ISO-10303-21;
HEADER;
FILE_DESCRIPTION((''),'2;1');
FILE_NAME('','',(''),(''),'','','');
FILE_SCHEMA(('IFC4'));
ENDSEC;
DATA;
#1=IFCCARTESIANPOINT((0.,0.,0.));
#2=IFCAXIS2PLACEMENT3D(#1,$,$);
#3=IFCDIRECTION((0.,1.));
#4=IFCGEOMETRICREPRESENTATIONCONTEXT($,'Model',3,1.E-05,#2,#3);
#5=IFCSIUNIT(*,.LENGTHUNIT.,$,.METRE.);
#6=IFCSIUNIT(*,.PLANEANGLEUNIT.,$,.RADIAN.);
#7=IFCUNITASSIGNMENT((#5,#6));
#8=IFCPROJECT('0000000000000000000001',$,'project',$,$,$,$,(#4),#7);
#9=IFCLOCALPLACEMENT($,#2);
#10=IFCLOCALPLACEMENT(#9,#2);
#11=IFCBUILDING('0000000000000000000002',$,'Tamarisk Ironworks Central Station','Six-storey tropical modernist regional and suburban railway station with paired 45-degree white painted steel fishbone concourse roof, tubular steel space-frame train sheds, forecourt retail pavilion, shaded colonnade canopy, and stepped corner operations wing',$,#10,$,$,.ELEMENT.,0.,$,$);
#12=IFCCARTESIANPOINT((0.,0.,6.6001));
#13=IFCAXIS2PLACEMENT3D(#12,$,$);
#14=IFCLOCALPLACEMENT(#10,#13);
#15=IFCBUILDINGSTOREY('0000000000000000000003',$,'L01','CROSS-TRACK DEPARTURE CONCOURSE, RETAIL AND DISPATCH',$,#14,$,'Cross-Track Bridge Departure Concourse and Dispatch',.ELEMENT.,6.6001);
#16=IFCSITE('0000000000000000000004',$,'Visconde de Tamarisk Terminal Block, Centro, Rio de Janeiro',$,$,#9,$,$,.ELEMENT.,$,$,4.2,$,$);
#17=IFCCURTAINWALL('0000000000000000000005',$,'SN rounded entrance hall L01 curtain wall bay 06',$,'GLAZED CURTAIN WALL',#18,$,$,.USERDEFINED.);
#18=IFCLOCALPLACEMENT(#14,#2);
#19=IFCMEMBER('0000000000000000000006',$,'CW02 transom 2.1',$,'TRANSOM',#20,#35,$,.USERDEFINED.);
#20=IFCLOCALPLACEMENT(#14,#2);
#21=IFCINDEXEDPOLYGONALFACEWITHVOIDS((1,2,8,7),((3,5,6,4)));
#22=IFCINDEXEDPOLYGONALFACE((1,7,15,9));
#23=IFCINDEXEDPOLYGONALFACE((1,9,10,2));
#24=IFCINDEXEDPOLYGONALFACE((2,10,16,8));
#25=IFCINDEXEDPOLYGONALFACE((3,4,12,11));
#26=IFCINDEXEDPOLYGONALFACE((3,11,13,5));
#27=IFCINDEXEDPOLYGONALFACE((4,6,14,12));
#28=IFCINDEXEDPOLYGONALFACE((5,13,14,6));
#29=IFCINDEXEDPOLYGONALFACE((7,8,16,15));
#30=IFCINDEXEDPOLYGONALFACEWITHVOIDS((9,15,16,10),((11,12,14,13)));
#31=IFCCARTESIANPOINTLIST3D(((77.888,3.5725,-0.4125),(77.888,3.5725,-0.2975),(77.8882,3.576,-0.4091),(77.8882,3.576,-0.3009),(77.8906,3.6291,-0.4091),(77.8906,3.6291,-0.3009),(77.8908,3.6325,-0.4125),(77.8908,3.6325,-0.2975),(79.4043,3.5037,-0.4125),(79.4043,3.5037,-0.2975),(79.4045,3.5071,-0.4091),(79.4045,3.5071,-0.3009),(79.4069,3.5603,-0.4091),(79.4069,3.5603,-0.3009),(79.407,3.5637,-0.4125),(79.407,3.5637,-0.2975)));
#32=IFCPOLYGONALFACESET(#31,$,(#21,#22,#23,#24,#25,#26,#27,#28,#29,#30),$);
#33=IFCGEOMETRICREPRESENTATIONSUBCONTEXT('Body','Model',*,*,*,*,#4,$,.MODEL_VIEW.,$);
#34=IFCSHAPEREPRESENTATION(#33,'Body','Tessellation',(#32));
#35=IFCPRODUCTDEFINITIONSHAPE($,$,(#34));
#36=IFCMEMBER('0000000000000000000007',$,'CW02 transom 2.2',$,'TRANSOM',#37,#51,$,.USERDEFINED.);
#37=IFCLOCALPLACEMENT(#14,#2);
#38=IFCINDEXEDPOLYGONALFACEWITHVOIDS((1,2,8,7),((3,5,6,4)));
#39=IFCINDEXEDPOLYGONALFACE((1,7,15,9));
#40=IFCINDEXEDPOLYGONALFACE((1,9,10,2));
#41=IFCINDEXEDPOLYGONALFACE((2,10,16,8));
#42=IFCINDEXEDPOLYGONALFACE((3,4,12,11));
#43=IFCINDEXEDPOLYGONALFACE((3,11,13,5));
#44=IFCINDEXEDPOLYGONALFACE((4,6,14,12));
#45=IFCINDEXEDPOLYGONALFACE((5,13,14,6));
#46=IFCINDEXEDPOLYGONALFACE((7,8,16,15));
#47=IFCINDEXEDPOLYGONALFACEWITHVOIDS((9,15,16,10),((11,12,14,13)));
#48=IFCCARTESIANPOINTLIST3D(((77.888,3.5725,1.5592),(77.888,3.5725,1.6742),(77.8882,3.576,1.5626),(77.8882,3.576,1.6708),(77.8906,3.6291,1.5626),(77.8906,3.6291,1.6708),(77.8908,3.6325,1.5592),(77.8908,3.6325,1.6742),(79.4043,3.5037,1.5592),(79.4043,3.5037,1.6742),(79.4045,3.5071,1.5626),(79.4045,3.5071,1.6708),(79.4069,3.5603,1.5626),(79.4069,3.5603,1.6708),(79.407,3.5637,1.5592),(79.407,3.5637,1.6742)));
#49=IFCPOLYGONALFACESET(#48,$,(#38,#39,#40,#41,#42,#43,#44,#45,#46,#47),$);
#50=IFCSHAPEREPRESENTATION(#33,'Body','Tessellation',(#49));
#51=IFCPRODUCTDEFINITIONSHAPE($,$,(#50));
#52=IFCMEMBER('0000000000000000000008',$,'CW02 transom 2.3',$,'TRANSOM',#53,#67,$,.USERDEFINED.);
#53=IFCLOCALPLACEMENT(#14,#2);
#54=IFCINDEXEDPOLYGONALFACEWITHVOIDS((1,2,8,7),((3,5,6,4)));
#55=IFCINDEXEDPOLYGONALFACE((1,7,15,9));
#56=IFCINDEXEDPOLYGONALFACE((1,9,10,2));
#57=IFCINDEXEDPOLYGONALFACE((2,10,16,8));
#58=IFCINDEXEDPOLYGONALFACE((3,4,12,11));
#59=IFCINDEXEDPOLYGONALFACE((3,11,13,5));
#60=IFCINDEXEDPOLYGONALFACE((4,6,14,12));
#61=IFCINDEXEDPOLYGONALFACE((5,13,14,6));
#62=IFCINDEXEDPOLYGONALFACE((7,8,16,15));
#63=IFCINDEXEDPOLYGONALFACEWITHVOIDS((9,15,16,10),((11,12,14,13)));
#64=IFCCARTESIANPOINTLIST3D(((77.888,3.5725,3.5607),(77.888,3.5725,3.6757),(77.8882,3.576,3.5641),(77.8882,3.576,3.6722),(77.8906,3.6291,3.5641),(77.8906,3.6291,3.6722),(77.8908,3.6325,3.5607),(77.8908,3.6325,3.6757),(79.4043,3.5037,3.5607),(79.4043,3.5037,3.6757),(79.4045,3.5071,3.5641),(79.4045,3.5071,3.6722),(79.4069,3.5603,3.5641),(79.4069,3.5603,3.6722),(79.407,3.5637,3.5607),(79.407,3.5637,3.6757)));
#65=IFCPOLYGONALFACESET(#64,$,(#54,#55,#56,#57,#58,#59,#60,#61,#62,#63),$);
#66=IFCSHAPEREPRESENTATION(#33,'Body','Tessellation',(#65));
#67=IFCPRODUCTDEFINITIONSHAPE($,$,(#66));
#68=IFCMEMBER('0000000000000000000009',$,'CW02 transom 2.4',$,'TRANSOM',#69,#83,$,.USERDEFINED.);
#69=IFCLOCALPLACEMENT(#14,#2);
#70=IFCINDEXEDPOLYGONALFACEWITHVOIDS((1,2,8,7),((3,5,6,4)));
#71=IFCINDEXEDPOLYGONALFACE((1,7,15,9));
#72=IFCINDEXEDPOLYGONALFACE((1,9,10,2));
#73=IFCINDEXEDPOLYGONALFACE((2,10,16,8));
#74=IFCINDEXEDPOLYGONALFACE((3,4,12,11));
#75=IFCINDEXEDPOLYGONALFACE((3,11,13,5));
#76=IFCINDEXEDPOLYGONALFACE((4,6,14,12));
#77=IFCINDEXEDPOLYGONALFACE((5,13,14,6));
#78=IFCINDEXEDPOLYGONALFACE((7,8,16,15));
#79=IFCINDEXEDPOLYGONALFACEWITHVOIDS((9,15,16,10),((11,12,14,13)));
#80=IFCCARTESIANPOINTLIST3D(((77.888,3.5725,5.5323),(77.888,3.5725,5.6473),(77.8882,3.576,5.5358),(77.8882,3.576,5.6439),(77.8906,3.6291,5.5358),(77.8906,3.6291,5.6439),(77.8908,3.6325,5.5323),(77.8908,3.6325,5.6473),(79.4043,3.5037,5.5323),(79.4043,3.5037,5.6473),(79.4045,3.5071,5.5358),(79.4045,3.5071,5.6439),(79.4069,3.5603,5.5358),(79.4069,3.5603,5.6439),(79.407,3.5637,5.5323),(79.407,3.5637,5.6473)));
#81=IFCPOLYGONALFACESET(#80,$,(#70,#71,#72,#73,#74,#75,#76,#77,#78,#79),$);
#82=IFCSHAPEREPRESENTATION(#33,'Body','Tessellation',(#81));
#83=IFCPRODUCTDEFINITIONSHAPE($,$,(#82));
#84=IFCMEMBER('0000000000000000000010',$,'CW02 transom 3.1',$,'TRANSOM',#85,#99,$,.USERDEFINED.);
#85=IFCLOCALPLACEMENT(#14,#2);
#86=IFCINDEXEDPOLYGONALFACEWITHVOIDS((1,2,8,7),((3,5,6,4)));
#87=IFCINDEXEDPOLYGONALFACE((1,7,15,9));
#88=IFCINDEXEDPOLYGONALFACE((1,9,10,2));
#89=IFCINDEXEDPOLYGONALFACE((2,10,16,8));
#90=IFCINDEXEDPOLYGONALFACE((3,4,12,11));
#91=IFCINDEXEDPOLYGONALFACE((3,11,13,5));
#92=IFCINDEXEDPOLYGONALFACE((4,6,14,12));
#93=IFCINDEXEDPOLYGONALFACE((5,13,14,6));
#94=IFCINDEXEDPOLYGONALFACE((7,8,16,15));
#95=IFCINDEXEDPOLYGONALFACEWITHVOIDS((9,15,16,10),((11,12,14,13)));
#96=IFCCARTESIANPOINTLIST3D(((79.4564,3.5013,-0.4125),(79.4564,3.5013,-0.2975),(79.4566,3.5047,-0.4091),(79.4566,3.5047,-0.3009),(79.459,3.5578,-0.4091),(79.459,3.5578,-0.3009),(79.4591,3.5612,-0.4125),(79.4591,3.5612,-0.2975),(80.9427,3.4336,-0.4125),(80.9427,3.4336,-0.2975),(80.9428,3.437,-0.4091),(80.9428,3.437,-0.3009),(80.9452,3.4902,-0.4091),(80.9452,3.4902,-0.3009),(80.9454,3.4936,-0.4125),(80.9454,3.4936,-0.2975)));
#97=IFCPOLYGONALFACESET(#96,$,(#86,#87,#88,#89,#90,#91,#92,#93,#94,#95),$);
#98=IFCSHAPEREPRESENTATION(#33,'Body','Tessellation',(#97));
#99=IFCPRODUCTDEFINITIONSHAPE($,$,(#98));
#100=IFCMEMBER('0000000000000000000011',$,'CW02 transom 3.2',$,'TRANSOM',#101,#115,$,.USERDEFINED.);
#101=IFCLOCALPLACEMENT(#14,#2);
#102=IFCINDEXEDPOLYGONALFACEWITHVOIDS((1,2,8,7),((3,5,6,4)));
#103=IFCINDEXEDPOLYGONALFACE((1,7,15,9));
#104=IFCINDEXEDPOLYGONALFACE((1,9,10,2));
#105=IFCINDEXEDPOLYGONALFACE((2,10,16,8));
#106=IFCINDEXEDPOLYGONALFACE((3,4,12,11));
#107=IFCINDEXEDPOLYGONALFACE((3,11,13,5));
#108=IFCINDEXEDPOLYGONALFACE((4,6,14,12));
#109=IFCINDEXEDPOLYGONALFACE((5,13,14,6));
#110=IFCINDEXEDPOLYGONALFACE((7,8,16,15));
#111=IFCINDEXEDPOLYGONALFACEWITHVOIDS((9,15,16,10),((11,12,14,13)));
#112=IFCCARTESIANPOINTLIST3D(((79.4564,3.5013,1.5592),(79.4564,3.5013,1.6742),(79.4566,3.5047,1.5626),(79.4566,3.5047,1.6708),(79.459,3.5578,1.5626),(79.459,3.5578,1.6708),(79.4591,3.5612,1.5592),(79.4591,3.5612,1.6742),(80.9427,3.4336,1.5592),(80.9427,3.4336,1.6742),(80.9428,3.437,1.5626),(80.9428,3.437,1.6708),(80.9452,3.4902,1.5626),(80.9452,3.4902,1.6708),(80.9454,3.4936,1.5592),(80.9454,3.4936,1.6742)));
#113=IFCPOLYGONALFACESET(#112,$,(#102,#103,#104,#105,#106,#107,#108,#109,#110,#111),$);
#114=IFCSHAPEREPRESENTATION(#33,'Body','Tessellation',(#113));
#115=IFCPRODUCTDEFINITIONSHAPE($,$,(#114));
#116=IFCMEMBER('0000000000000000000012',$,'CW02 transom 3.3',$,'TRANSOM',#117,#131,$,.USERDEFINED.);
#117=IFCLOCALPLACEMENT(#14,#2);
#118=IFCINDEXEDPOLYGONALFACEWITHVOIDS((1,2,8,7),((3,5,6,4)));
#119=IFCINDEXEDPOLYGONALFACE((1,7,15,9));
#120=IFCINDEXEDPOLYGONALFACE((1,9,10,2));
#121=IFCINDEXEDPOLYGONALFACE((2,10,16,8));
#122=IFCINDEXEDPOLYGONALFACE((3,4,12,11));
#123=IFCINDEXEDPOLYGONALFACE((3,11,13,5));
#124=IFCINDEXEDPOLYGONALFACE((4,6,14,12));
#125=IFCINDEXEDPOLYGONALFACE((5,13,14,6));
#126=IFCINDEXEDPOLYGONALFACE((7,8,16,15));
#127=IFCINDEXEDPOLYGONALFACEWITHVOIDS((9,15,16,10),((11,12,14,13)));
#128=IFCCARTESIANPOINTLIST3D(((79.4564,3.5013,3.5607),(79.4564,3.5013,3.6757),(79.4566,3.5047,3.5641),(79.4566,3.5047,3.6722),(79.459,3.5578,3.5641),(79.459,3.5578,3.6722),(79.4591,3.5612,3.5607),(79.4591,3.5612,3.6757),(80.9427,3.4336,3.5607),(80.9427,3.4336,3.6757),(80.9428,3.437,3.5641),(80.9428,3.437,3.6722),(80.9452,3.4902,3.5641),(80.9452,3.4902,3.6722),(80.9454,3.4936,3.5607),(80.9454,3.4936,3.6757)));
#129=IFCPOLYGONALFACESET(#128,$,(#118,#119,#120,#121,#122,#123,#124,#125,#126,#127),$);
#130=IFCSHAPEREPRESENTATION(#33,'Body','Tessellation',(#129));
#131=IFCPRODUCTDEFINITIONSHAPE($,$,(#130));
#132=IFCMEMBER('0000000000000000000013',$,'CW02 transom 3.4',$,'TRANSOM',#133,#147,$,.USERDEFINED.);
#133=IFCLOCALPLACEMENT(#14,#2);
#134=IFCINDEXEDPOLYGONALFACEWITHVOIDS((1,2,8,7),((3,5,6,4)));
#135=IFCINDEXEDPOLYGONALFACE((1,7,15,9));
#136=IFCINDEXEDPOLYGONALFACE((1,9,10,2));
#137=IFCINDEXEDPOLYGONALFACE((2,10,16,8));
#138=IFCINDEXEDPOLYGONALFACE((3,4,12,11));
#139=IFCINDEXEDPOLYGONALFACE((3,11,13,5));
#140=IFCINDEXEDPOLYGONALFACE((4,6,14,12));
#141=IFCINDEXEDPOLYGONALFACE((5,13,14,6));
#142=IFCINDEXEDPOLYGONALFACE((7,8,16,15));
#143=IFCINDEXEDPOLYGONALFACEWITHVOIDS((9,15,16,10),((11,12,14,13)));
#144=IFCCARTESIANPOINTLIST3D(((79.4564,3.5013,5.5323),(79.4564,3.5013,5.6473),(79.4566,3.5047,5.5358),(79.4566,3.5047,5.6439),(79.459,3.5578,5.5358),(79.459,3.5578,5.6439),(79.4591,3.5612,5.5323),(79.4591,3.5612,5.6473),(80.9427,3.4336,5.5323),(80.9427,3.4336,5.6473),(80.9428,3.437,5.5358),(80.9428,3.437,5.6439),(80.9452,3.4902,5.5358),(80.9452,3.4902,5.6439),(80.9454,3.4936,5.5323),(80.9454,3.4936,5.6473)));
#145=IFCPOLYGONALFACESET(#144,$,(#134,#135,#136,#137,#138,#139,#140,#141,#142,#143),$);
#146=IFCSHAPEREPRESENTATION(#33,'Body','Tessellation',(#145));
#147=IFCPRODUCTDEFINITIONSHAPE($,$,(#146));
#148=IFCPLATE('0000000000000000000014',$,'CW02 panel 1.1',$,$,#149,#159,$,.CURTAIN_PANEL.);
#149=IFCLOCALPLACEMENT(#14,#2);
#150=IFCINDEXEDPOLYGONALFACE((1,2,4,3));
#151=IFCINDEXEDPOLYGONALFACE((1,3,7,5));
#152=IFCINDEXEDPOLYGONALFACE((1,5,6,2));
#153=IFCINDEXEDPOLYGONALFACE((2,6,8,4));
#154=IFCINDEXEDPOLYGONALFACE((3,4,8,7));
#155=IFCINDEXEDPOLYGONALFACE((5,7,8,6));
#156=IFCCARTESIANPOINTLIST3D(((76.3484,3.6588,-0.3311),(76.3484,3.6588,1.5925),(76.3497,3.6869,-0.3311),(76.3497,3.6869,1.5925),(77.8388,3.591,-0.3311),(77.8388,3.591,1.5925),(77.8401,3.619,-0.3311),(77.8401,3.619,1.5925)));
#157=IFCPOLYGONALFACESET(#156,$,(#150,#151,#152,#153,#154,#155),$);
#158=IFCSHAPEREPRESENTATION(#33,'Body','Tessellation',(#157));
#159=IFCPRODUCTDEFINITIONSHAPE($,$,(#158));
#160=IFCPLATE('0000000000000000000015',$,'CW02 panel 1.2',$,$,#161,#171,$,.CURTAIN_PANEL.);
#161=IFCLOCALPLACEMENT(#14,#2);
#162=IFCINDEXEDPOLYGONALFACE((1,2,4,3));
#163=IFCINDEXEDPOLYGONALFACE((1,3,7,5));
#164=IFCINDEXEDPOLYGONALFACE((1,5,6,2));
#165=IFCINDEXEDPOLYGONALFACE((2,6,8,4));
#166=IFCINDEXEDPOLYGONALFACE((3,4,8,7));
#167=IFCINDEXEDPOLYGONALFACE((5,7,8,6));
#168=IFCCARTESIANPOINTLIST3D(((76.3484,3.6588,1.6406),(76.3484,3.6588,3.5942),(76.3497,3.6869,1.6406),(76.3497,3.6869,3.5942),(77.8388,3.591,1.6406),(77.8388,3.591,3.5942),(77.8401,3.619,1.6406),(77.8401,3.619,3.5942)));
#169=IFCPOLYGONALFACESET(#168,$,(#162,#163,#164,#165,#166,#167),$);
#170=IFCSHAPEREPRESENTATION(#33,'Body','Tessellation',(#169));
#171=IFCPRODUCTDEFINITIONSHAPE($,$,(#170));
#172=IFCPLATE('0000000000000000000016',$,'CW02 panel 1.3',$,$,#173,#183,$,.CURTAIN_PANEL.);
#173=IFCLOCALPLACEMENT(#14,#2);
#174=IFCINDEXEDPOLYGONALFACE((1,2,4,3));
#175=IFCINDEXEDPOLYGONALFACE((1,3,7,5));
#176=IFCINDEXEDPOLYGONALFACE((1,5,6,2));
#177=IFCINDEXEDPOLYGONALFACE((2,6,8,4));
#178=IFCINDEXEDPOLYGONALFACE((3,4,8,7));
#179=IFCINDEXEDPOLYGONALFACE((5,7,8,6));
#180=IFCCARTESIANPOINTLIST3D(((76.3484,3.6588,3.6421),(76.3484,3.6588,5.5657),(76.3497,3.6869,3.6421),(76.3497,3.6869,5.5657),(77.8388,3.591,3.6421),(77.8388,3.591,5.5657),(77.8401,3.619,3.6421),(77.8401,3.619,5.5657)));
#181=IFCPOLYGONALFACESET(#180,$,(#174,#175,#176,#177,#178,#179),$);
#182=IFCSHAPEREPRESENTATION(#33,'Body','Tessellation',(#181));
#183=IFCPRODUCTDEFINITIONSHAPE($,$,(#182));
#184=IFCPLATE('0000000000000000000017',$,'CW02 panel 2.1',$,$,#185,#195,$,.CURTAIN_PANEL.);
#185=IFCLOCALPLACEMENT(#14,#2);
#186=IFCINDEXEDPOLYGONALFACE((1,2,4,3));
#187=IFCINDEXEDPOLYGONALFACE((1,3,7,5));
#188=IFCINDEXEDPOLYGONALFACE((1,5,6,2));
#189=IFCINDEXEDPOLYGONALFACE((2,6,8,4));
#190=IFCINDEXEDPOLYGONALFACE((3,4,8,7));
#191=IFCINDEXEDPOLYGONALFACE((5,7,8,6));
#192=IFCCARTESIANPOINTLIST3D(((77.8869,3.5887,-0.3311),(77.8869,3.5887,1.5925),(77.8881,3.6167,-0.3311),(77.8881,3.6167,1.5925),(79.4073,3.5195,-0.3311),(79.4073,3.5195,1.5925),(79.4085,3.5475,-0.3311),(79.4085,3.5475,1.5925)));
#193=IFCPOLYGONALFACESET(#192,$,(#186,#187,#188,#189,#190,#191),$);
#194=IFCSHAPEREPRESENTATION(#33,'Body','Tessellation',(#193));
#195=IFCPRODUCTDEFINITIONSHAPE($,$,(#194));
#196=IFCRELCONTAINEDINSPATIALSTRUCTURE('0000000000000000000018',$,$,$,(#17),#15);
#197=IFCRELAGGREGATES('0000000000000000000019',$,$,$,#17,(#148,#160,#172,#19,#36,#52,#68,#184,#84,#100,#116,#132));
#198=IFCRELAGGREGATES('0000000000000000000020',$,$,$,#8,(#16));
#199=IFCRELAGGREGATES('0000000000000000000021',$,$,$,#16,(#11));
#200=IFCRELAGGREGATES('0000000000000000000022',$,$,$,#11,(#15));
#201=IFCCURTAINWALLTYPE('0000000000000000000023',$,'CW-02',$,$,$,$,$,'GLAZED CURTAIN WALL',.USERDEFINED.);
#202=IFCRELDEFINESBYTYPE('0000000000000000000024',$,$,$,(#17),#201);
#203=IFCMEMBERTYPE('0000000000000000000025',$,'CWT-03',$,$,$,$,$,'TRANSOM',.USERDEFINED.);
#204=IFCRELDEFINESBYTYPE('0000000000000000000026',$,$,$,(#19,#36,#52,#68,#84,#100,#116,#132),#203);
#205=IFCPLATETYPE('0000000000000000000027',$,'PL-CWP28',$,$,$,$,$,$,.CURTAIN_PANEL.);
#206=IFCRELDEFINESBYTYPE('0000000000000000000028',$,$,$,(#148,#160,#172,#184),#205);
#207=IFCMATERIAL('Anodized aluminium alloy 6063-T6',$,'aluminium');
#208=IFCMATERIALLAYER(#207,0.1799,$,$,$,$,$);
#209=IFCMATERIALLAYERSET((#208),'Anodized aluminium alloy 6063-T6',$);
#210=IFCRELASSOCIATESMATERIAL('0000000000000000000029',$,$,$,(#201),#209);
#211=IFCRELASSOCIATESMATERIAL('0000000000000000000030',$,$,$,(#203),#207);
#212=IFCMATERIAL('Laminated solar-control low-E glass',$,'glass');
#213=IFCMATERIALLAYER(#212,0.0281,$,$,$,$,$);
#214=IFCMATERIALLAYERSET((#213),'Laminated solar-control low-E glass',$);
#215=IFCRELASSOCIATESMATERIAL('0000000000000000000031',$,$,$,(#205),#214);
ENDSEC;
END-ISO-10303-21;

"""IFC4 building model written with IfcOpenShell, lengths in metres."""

from ifc_helpers import new_model, si_unit, direction, frame, origin, origin_2d, place, context, subcontext, project, spatial, rectangle, hollow_rectangle, extrude, material, layer, layer_set, material_profile, profile_set, type_object, element, aggregate, save


model = new_model("IFC4")

# Units and contexts
model_context = context("Model", 3, precision=1e-05, world=origin(), true_north=direction((0.0, 1.0)))
body_context = subcontext(model_context, "Body", "Model", "MODEL_VIEW")
ifc_project = project(units=[si_unit("LENGTHUNIT", "METRE"), si_unit("PLANEANGLEUNIT", "RADIAN")], contexts=[model_context])

# Site, building, storey
site_placement = place(None, origin())
site = spatial("IfcSite", under=ifc_project, at=site_placement, Name="Visconde de Tamarisk Terminal Block, Centro, Rio de Janeiro", CompositionType="ELEMENT", RefElevation=4.2)
building_placement = place(site_placement, origin())
building = spatial("IfcBuilding", under=site, at=building_placement, Name="Tamarisk Ironworks Central Station", Description="Six-storey tropical modernist regional and suburban railway station with paired 45-degree white painted steel fishbone concourse roof, tubular steel space-frame train sheds, forecourt retail pavilion, shaded colonnade canopy, and stepped corner operations wing", CompositionType="ELEMENT", ElevationOfRefHeight=0.0)
storey_placement = place(building_placement, frame((0.0, 0.0, 6.6001)))
storey = spatial("IfcBuildingStorey", under=building, at=storey_placement, Name="L01", Description="CROSS-TRACK DEPARTURE CONCOURSE, RETAIL AND DISPATCH", LongName="Cross-Track Bridge Departure Concourse and Dispatch", CompositionType="ELEMENT", Elevation=6.6001)

# Curtain wall
ifc_material_1 = material(Name="Anodized aluminium alloy 6063-T6", Category="aluminium")
ifc_layer_1 = layer(ifc_material_1, 0.1799)
ifc_layer_set_1 = layer_set([ifc_layer_1], Name="Anodized aluminium alloy 6063-T6")
curtain_wall_type = type_object("IfcCurtainWallType", Name="CW-02", ElementType="GLAZED CURTAIN WALL", PredefinedType="USERDEFINED", material=ifc_layer_set_1)
curtain_wall_1_placement = place(storey_placement, origin())
curtain_wall_1 = element("IfcCurtainWall", 1, at=curtain_wall_1_placement, inside=storey, type_object=curtain_wall_type, Name="SN rounded entrance hall L01 curtain wall bay 06", ObjectType="GLAZED CURTAIN WALL", PredefinedType="USERDEFINED")

# Members
ifc_material_profile_1 = material_profile(ifc_material_1, hollow_rectangle(XDim=0.0601, YDim=0.115, WallThickness=0.0034, at=origin_2d()), Name="ALUM 115x60")
ifc_profile_set_1 = profile_set([ifc_material_profile_1], Name="Anodized aluminium alloy 6063-T6")
member_type_1 = type_object("IfcMemberType", Name="CWT-03", ElementType="TRANSOM", PredefinedType="USERDEFINED", material=ifc_profile_set_1)
member_1_placement = place(storey_placement, frame((77.8894, 3.6025, -0.355), z_axis=(0.998971, -0.045357, 0.0), x_axis=(0.045357, 0.998971, 0.0)))
member_1 = element("IfcMember", 2, at=member_1_placement, type_object=member_type_1, Name="CW02 transom 2.1", ObjectType="TRANSOM", PredefinedType="USERDEFINED", context=body_context, shape_type="SweptSolid", body=[
    extrude(hollow_rectangle(XDim=0.0601, YDim=0.115, WallThickness=0.0034, at=origin_2d()), origin(), (0.0, 0.0, 1.0), 1.5178),
])
member_2_placement = place(storey_placement, frame((77.8894, 3.6025, 1.6167), z_axis=(0.998971, -0.045357, 0.0), x_axis=(0.045357, 0.998971, 0.0)))
member_2 = element("IfcMember", 3, at=member_2_placement, type_object=member_type_1, Name="CW02 transom 2.2", ObjectType="TRANSOM", PredefinedType="USERDEFINED", context=body_context, shape_type="SweptSolid", body=[
    extrude(hollow_rectangle(XDim=0.0601, YDim=0.115, WallThickness=0.0034, at=origin_2d()), origin(), (0.0, 0.0, 1.0), 1.5178),
])
member_3_placement = place(storey_placement, frame((77.8894, 3.6025, 3.6182), z_axis=(0.998971, -0.045357, 0.0), x_axis=(0.045357, 0.998971, 0.0)))
member_3 = element("IfcMember", 4, at=member_3_placement, type_object=member_type_1, Name="CW02 transom 2.3", ObjectType="TRANSOM", PredefinedType="USERDEFINED", context=body_context, shape_type="SweptSolid", body=[
    extrude(hollow_rectangle(XDim=0.0601, YDim=0.115, WallThickness=0.0034, at=origin_2d()), origin(), (0.0, 0.0, 1.0), 1.5178),
])
member_4_placement = place(storey_placement, frame((77.8894, 3.6025, 5.5898), z_axis=(0.998971, -0.045357, 0.0), x_axis=(0.045357, 0.998971, 0.0)))
member_4 = element("IfcMember", 5, at=member_4_placement, type_object=member_type_1, Name="CW02 transom 2.4", ObjectType="TRANSOM", PredefinedType="USERDEFINED", context=body_context, shape_type="SweptSolid", body=[
    extrude(hollow_rectangle(XDim=0.0601, YDim=0.115, WallThickness=0.0034, at=origin_2d()), origin(), (0.0, 0.0, 1.0), 1.5178),
])
member_5_placement = place(storey_placement, frame((79.4578, 3.5312, -0.355), z_axis=(0.998967, -0.045452, 0.0), x_axis=(0.045452, 0.998967, 0.0)))
member_5 = element("IfcMember", 6, at=member_5_placement, type_object=member_type_1, Name="CW02 transom 3.1", ObjectType="TRANSOM", PredefinedType="USERDEFINED", context=body_context, shape_type="SweptSolid", body=[
    extrude(hollow_rectangle(XDim=0.0601, YDim=0.115, WallThickness=0.0034, at=origin_2d()), origin(), (0.0, 0.0, 1.0), 1.4878),
])
member_6_placement = place(storey_placement, frame((79.4578, 3.5312, 1.6167), z_axis=(0.998967, -0.045452, 0.0), x_axis=(0.045452, 0.998967, 0.0)))
member_6 = element("IfcMember", 7, at=member_6_placement, type_object=member_type_1, Name="CW02 transom 3.2", ObjectType="TRANSOM", PredefinedType="USERDEFINED", context=body_context, shape_type="SweptSolid", body=[
    extrude(hollow_rectangle(XDim=0.0601, YDim=0.115, WallThickness=0.0034, at=origin_2d()), origin(), (0.0, 0.0, 1.0), 1.4878),
])
member_7_placement = place(storey_placement, frame((79.4578, 3.5312, 3.6182), z_axis=(0.998967, -0.045452, 0.0), x_axis=(0.045452, 0.998967, 0.0)))
member_7 = element("IfcMember", 8, at=member_7_placement, type_object=member_type_1, Name="CW02 transom 3.3", ObjectType="TRANSOM", PredefinedType="USERDEFINED", context=body_context, shape_type="SweptSolid", body=[
    extrude(hollow_rectangle(XDim=0.0601, YDim=0.115, WallThickness=0.0034, at=origin_2d()), origin(), (0.0, 0.0, 1.0), 1.4878),
])
member_8_placement = place(storey_placement, frame((79.4578, 3.5312, 5.5898), z_axis=(0.998967, -0.045452, 0.0), x_axis=(0.045452, 0.998967, 0.0)))
member_8 = element("IfcMember", 9, at=member_8_placement, type_object=member_type_1, Name="CW02 transom 3.4", ObjectType="TRANSOM", PredefinedType="USERDEFINED", context=body_context, shape_type="SweptSolid", body=[
    extrude(hollow_rectangle(XDim=0.0601, YDim=0.115, WallThickness=0.0034, at=origin_2d()), origin(), (0.0, 0.0, 1.0), 1.4878),
])

# Plates
ifc_material_2 = material(Name="Laminated solar-control low-E glass", Category="glass")
ifc_layer_2 = layer(ifc_material_2, 0.0281)
ifc_layer_set_2 = layer_set([ifc_layer_2], Name="Laminated solar-control low-E glass")
plate_type = type_object("IfcPlateType", Name="PL-CWP28", PredefinedType="CURTAIN_PANEL", material=ifc_layer_set_2)
plate_1_placement = place(storey_placement, frame((77.0942, 3.6389, -0.3311), z_axis=(0.0, 0.0, 1.0), x_axis=(0.998965, -0.045481, 0.0)))
plate_1 = element("IfcPlate", 10, at=plate_1_placement, type_object=plate_type, Name="CW02 panel 1.1", PredefinedType="CURTAIN_PANEL", context=body_context, shape_type="SweptSolid", body=[
    extrude(rectangle(XDim=1.4919, YDim=0.0281, at=origin_2d()), origin(), (0.0, 0.0, 1.0), 1.9236),
])
plate_2_placement = place(storey_placement, frame((77.0942, 3.6389, 1.6406), z_axis=(0.0, 0.0, 1.0), x_axis=(0.998965, -0.045481, 0.0)))
plate_2 = element("IfcPlate", 11, at=plate_2_placement, type_object=plate_type, Name="CW02 panel 1.2", PredefinedType="CURTAIN_PANEL", context=body_context, shape_type="SweptSolid", body=[
    extrude(rectangle(XDim=1.4919, YDim=0.0281, at=origin_2d()), origin(), (0.0, 0.0, 1.0), 1.9536),
])
plate_3_placement = place(storey_placement, frame((77.0942, 3.6389, 3.6421), z_axis=(0.0, 0.0, 1.0), x_axis=(0.998965, -0.045481, 0.0)))
plate_3 = element("IfcPlate", 12, at=plate_3_placement, type_object=plate_type, Name="CW02 panel 1.3", PredefinedType="CURTAIN_PANEL", context=body_context, shape_type="SweptSolid", body=[
    extrude(rectangle(XDim=1.4919, YDim=0.0281, at=origin_2d()), origin(), (0.0, 0.0, 1.0), 1.9236),
])
plate_4_placement = place(storey_placement, frame((78.6477, 3.5681, -0.3311), z_axis=(0.0, 0.0, 1.0), x_axis=(0.998965, -0.045481, 0.0)))
plate_4 = element("IfcPlate", 13, at=plate_4_placement, type_object=plate_type, Name="CW02 panel 2.1", PredefinedType="CURTAIN_PANEL", context=body_context, shape_type="SweptSolid", body=[
    extrude(rectangle(XDim=1.522, YDim=0.0281, at=origin_2d()), origin(), (0.0, 0.0, 1.0), 1.9236),
])
aggregate(curtain_wall_1, [plate_1, plate_2, plate_3, member_1, member_2, member_3, member_4, plate_4, member_5, member_6, member_7, member_8])

save(model, "model.ifc")
